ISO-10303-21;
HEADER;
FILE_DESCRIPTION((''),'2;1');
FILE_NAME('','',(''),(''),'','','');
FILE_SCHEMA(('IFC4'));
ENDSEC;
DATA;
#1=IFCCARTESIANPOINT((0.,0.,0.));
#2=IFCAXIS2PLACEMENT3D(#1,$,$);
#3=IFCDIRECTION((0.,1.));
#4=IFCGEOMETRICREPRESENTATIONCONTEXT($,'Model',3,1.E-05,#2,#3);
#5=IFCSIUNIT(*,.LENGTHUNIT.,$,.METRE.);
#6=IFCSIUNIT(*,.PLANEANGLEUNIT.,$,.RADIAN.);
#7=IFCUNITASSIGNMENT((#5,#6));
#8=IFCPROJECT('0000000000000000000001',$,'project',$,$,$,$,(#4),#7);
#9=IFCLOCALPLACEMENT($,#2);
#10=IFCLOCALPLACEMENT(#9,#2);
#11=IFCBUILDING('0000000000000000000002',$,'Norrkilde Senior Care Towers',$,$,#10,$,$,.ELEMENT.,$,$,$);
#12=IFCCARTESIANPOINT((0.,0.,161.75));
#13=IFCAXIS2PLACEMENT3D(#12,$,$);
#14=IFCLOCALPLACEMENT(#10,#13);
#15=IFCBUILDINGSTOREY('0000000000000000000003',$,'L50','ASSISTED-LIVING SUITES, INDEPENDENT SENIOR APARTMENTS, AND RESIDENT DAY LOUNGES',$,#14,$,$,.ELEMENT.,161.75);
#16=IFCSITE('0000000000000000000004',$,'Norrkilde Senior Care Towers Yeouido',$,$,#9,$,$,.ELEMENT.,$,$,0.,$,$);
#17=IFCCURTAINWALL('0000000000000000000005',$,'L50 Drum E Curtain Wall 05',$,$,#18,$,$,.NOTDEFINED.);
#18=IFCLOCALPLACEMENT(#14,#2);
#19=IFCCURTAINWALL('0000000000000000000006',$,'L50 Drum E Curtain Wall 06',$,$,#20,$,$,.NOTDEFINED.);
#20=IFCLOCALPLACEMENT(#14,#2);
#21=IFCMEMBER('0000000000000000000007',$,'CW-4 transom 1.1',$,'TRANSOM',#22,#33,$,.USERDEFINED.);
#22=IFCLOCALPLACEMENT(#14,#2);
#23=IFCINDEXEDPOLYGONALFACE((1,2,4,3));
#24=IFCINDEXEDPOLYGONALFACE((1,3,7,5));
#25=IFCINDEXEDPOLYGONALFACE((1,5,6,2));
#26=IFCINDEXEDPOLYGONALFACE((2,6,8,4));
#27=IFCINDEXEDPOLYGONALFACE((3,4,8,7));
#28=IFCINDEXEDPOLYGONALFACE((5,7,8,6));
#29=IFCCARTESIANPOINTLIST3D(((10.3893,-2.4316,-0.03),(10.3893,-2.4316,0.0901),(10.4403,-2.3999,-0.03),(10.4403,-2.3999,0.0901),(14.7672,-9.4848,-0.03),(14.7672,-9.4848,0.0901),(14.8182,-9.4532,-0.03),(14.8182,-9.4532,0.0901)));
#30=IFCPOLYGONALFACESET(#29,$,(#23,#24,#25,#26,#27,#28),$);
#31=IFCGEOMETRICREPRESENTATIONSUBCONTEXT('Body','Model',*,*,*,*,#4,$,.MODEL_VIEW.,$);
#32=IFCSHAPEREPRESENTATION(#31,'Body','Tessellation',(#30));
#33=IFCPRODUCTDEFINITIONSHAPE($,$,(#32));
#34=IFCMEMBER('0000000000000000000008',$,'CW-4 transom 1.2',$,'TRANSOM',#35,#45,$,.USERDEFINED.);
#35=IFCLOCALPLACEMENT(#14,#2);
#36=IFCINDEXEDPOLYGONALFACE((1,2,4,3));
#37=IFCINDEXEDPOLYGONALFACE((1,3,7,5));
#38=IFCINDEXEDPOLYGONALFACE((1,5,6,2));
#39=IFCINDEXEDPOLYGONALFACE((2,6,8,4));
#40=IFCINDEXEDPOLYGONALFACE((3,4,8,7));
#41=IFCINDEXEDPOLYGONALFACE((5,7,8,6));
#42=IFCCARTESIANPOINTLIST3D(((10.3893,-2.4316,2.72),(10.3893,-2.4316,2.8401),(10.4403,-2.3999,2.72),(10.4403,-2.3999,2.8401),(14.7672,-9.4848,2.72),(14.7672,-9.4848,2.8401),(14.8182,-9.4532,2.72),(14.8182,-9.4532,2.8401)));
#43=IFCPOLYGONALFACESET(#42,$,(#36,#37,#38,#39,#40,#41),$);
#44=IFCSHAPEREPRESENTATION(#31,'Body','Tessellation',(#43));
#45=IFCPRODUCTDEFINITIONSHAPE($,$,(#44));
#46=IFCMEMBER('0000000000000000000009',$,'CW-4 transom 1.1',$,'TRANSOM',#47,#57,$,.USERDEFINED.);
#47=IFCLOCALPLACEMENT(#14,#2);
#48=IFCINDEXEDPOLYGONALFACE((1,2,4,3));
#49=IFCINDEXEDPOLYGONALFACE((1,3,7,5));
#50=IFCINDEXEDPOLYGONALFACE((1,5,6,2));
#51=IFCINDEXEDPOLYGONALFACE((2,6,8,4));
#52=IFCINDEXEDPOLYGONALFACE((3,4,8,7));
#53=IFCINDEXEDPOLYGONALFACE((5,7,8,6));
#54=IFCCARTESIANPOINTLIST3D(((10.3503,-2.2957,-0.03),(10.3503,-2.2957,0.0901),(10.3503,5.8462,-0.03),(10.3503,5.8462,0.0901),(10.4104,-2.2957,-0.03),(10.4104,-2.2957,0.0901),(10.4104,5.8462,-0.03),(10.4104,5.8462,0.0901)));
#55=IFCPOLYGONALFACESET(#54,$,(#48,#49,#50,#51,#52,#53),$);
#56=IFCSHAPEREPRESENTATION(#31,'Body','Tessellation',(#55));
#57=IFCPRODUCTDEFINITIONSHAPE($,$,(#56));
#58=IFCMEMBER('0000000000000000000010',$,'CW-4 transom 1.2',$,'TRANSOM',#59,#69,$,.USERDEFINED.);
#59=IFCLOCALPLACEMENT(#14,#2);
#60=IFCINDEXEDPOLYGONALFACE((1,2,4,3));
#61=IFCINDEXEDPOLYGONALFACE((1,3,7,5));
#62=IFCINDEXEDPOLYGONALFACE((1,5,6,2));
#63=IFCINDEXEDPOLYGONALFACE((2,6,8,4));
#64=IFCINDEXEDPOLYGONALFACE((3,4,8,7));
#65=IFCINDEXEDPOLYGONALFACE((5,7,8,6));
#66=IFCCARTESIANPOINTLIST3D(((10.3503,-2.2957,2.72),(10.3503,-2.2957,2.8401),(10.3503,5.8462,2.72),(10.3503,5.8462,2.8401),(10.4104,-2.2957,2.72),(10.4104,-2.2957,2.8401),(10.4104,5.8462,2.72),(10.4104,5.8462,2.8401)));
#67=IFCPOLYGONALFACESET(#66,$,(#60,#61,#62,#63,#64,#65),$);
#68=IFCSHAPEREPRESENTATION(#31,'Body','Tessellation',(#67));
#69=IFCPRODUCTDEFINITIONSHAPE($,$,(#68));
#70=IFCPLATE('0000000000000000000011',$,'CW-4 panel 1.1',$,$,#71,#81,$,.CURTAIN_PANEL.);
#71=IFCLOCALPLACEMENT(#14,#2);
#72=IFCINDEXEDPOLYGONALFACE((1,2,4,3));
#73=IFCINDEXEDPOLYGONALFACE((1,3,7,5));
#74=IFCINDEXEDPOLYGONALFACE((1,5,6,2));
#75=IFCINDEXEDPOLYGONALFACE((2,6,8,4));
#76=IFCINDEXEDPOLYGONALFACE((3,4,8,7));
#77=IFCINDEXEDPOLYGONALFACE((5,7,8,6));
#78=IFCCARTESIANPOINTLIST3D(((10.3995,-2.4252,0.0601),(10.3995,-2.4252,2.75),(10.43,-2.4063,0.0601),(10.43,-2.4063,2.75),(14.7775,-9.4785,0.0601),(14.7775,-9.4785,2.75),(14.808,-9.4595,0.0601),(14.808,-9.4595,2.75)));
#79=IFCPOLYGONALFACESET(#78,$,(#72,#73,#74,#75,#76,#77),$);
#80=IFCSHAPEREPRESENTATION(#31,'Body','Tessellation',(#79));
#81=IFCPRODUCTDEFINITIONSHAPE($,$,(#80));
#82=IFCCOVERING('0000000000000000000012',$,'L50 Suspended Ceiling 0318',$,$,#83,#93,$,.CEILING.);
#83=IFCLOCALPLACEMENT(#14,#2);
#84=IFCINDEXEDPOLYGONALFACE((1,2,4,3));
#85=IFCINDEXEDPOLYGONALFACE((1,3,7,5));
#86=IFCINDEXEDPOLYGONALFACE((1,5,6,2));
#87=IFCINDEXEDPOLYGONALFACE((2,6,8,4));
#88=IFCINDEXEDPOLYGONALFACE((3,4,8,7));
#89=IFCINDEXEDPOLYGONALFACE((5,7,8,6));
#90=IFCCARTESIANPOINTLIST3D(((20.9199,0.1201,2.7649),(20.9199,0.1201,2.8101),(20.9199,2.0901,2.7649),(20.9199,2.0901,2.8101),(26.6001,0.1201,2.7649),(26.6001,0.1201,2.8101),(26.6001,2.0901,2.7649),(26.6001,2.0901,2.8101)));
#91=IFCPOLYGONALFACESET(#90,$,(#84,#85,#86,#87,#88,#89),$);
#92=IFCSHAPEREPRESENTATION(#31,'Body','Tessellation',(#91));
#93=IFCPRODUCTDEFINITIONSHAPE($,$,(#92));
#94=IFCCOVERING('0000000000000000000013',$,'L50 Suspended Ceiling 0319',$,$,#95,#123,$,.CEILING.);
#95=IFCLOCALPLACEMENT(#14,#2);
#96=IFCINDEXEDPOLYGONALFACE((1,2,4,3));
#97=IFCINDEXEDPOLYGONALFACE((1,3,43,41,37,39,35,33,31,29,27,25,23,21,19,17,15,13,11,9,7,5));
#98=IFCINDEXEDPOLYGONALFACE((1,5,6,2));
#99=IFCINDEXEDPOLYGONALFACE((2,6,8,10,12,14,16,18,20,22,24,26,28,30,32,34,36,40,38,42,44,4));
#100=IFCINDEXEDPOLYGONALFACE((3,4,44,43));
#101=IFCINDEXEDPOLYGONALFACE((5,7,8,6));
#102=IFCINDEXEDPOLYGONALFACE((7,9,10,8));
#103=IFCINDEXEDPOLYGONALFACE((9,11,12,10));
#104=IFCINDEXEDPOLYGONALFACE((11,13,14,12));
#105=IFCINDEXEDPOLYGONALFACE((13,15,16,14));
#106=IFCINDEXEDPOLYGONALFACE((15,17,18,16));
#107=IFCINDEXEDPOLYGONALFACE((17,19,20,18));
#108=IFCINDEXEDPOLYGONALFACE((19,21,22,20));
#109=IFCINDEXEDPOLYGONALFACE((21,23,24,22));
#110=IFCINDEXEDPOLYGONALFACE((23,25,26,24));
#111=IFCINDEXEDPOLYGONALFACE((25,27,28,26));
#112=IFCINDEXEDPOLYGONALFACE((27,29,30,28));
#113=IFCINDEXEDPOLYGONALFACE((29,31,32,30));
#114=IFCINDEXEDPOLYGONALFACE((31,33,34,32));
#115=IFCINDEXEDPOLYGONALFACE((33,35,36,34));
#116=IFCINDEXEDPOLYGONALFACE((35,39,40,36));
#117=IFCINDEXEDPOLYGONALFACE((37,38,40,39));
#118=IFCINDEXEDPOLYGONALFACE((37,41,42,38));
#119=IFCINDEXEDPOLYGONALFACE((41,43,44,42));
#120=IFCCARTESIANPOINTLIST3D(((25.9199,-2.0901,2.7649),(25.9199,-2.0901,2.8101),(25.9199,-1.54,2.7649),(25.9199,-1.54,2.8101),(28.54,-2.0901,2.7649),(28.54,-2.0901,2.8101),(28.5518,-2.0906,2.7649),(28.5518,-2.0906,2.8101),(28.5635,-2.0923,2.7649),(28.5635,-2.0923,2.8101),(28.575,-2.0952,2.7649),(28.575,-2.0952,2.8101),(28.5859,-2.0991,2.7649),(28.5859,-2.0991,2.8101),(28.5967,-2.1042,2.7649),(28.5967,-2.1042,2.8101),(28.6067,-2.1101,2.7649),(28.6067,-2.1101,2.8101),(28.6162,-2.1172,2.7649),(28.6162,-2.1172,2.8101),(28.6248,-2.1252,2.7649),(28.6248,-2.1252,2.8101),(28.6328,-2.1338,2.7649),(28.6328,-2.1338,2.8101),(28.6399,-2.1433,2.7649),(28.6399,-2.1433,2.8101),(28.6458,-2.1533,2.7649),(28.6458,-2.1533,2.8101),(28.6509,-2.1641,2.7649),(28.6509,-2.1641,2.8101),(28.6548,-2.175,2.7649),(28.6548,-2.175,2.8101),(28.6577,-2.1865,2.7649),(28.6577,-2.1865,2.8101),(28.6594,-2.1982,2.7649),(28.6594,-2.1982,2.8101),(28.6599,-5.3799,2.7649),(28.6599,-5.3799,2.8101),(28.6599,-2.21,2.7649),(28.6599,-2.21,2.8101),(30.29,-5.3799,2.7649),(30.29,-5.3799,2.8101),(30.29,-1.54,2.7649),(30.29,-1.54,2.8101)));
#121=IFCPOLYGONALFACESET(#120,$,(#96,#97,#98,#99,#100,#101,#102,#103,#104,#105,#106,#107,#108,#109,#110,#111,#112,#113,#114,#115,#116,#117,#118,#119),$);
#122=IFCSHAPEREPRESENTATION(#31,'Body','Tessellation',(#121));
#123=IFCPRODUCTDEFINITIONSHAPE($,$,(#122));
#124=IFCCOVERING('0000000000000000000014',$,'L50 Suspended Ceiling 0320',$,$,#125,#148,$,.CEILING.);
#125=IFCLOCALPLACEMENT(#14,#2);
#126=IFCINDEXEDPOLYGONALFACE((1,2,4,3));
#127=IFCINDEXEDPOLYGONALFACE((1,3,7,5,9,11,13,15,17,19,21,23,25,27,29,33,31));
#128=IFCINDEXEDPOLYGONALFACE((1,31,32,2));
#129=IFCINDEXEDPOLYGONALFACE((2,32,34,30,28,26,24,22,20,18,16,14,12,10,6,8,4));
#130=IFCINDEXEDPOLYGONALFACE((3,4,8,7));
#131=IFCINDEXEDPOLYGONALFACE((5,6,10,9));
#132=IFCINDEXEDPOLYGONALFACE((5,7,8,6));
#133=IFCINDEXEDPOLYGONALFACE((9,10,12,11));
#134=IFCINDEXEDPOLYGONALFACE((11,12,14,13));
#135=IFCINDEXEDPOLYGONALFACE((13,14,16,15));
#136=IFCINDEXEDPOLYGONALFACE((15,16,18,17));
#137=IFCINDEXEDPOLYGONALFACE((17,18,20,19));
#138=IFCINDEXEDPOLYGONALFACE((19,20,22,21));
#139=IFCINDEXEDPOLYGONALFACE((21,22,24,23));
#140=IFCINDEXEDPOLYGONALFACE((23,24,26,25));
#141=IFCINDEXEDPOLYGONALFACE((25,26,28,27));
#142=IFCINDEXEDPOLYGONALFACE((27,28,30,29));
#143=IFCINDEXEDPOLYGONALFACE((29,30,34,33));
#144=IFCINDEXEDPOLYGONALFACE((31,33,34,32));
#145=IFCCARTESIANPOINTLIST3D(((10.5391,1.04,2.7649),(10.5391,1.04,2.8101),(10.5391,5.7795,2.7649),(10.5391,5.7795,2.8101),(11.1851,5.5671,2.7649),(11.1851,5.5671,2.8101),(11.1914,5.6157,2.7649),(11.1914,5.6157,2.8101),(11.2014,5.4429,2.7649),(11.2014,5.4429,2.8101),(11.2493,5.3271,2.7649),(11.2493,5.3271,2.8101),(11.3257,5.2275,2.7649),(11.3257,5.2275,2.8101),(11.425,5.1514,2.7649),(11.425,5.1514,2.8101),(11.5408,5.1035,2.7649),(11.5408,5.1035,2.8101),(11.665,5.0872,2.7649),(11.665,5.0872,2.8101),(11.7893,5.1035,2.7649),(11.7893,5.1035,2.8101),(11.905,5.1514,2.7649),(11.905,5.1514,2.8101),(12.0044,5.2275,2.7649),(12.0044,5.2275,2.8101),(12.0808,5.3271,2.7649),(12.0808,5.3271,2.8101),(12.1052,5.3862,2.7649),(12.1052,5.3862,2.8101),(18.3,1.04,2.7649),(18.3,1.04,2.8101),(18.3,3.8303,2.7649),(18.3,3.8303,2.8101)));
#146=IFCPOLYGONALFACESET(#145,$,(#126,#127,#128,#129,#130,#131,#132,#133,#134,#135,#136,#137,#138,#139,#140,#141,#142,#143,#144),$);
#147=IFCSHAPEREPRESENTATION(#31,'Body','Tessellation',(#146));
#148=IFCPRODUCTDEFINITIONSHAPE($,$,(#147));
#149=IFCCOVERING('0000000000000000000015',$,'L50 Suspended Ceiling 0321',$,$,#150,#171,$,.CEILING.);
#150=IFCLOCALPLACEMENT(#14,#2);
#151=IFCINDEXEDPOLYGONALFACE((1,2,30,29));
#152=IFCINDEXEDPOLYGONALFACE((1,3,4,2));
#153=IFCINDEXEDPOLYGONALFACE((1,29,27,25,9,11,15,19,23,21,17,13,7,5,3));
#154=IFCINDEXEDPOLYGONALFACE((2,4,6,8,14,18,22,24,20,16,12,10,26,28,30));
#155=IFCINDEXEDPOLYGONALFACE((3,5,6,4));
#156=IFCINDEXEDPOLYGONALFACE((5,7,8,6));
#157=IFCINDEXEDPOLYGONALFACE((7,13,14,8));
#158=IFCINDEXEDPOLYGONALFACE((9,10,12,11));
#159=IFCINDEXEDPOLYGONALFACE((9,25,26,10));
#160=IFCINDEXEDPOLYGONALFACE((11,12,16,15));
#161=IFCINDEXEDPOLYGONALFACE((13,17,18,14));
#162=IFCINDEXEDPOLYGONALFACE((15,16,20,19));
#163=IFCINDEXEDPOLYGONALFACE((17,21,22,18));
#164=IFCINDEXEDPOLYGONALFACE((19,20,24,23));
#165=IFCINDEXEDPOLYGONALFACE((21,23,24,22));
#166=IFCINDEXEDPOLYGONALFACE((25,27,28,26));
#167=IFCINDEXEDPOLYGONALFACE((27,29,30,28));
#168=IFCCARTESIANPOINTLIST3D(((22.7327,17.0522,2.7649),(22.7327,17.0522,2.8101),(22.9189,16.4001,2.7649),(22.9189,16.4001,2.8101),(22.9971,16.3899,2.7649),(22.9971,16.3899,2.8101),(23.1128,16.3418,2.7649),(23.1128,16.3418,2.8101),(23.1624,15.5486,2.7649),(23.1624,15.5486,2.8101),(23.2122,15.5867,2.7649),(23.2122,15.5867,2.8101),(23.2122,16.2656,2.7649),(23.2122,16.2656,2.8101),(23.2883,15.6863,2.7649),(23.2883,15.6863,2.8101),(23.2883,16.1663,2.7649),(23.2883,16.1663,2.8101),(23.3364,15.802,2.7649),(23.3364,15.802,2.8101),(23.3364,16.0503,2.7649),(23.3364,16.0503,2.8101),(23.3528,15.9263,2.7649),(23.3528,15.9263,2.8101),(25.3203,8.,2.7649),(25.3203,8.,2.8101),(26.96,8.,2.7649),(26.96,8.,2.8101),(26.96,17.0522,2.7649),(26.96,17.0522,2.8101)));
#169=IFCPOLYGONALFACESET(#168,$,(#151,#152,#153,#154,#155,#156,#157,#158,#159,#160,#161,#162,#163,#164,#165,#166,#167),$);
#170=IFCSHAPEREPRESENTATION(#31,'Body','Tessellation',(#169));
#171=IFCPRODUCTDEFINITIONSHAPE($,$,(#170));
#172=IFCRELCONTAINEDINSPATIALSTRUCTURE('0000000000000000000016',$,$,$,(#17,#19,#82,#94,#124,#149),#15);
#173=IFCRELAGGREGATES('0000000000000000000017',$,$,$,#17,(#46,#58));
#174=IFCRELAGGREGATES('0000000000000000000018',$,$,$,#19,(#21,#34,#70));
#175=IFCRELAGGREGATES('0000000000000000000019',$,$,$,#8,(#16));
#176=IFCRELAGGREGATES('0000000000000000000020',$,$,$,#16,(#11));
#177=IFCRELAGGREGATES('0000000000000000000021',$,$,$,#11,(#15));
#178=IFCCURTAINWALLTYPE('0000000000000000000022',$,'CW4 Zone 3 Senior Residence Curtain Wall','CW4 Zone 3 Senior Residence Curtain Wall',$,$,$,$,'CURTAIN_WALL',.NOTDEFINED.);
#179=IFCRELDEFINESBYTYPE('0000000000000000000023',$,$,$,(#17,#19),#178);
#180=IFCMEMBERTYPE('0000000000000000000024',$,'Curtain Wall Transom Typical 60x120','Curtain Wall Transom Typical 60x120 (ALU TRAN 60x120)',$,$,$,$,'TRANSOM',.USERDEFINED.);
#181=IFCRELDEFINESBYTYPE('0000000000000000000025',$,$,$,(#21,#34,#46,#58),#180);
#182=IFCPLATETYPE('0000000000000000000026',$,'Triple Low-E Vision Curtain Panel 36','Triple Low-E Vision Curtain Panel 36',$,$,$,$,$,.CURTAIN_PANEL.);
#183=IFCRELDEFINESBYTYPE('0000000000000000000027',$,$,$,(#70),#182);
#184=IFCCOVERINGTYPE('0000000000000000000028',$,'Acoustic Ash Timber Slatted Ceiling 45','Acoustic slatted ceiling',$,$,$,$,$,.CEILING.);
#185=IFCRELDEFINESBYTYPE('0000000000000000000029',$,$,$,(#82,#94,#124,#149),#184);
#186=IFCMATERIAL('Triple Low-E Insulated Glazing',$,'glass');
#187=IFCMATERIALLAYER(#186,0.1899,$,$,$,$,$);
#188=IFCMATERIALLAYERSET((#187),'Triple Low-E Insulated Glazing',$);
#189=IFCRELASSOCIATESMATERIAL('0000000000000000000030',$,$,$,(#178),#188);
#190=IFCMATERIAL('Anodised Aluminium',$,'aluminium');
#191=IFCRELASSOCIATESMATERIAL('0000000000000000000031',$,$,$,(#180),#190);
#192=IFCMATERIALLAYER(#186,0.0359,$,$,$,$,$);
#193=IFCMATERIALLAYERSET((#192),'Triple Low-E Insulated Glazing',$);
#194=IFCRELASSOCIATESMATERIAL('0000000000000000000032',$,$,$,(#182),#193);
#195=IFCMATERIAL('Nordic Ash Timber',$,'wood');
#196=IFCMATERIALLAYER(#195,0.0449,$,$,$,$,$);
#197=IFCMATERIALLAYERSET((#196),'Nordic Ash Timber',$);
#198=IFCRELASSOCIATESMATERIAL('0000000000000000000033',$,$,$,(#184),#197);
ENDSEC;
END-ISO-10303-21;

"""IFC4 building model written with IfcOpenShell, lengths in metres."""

from ifc_helpers import new_model, si_unit, direction, frame, origin, origin_2d, place, context, subcontext, project, spatial, polyline, rectangle, outline, extrude, source, transform, mapped, material, layer, layer_set, material_profile, profile_set, type_object, type_shapes, element, aggregate, save


model = new_model("IFC4")

# Units and contexts
model_context = context("Model", 3, precision=1e-05, world=origin(), true_north=direction((0.0, 1.0)))
body_context = subcontext(model_context, "Body", "Model", "MODEL_VIEW")
ifc_project = project(units=[si_unit("LENGTHUNIT", "METRE"), si_unit("PLANEANGLEUNIT", "RADIAN")], contexts=[model_context])

# Site, building, storey
site_placement = place(None, origin())
site = spatial("IfcSite", under=ifc_project, at=site_placement, Name="Norrkilde Senior Care Towers Yeouido", CompositionType="ELEMENT", RefElevation=0.0)
building_placement = place(site_placement, origin())
building = spatial("IfcBuilding", under=site, at=building_placement, Name="Norrkilde Senior Care Towers", CompositionType="ELEMENT")
storey_placement = place(building_placement, frame((0.0, 0.0, 161.75)))
storey = spatial("IfcBuildingStorey", under=building, at=storey_placement, Name="L50", Description="ASSISTED-LIVING SUITES, INDEPENDENT SENIOR APARTMENTS, AND RESIDENT DAY LOUNGES", CompositionType="ELEMENT", Elevation=161.75)

# Curtain wall
ifc_material_1 = material(Name="Triple Low-E Insulated Glazing", Category="glass")
ifc_layer_1 = layer(ifc_material_1, 0.1899)
ifc_layer_set_1 = layer_set([ifc_layer_1], Name="Triple Low-E Insulated Glazing")
curtain_wall_type = type_object("IfcCurtainWallType", Name="CW4 Zone 3 Senior Residence Curtain Wall", Description="CW4 Zone 3 Senior Residence Curtain Wall", ElementType="CURTAIN_WALL", PredefinedType="NOTDEFINED", material=ifc_layer_set_1)
curtain_wall_1_placement = place(storey_placement, origin())
curtain_wall_1 = element("IfcCurtainWall", 1, at=curtain_wall_1_placement, inside=storey, type_object=curtain_wall_type, Name="L50 Drum E Curtain Wall 05", PredefinedType="NOTDEFINED")
ifc_material_2 = material(Name="Anodised Aluminium", Category="aluminium")

# Curtain wall, members
curtain_wall_2_placement = place(storey_placement, origin())
curtain_wall_2 = element("IfcCurtainWall", 2, at=curtain_wall_2_placement, inside=storey, type_object=curtain_wall_type, Name="L50 Drum E Curtain Wall 06", PredefinedType="NOTDEFINED")
ifc_material_profile_1 = material_profile(ifc_material_2, rectangle(XDim=0.0601, YDim=0.1201, at=origin_2d()), Name="ALU TRAN 60x120")
ifc_profile_set_1 = profile_set([ifc_material_profile_1], Name="Anodised Aluminium")
member_type_1 = type_object("IfcMemberType", Name="Curtain Wall Transom Typical 60x120", Description="Curtain Wall Transom Typical 60x120 (ALU TRAN 60x120)", ElementType="TRANSOM", PredefinedType="USERDEFINED", material=ifc_profile_set_1)
shared_shape_1 = source(origin(), body_context, "Body", "SweptSolid", [
    extrude(rectangle(XDim=0.0601, YDim=0.1201, at=origin_2d()), origin(), (0.0, 0.0, 1.0), 8.3015),
])
member_1_placement = place(storey_placement, frame((14.7927, -9.469, 0.03), z_axis=(-0.527369, 0.849637, 0.0), x_axis=(-0.849637, -0.527369, 0.0)))
member_1 = element("IfcMember", 3, at=member_1_placement, type_object=member_type_1, Name="CW-4 transom 1.1", ObjectType="TRANSOM", PredefinedType="USERDEFINED", context=body_context, shape_type="MappedRepresentation", body=[
    mapped(shared_shape_1, transform((0.0, 0.0, 0.0), x_axis=(1.0, 0.0, 0.0), y_axis=(0.0, 1.0, 0.0), z_axis=(0.0, 0.0, 1.0), scale=1.0)),
])
member_2_placement = place(storey_placement, frame((14.7927, -9.469, 2.78), z_axis=(-0.527369, 0.849637, 0.0), x_axis=(-0.849637, -0.527369, 0.0)))
member_2 = element("IfcMember", 4, at=member_2_placement, type_object=member_type_1, Name="CW-4 transom 1.2", ObjectType="TRANSOM", PredefinedType="USERDEFINED", context=body_context, shape_type="MappedRepresentation", body=[
    mapped(shared_shape_1, transform((0.0, 0.0, 0.0), x_axis=(1.0, 0.0, 0.0), y_axis=(0.0, 1.0, 0.0), z_axis=(0.0, 0.0, 1.0), scale=1.0)),
])

# Members
shared_shape_2 = source(origin(), body_context, "Body", "SweptSolid", [
    extrude(rectangle(XDim=0.0601, YDim=0.1201, at=origin_2d()), origin(), (0.0, 0.0, 1.0), 8.1418),
])
type_shapes(member_type_1, [shared_shape_1, shared_shape_2])
member_3_placement = place(storey_placement, frame((10.3804, -2.2957, 0.03), z_axis=(0.0, 1.0, 0.0), x_axis=(-1.0, 0.0, 0.0)))
member_3 = element("IfcMember", 5, at=member_3_placement, type_object=member_type_1, Name="CW-4 transom 1.1", ObjectType="TRANSOM", PredefinedType="USERDEFINED", context=body_context, shape_type="MappedRepresentation", body=[
    mapped(shared_shape_2, transform((0.0, 0.0, 0.0), x_axis=(1.0, 0.0, 0.0), y_axis=(0.0, 1.0, 0.0), z_axis=(0.0, 0.0, 1.0), scale=1.0)),
])
member_4_placement = place(storey_placement, frame((10.3804, -2.2957, 2.78), z_axis=(0.0, 1.0, 0.0), x_axis=(-1.0, 0.0, 0.0)))
member_4 = element("IfcMember", 6, at=member_4_placement, type_object=member_type_1, Name="CW-4 transom 1.2", ObjectType="TRANSOM", PredefinedType="USERDEFINED", context=body_context, shape_type="MappedRepresentation", body=[
    mapped(shared_shape_2, transform((0.0, 0.0, 0.0), x_axis=(1.0, 0.0, 0.0), y_axis=(0.0, 1.0, 0.0), z_axis=(0.0, 0.0, 1.0), scale=1.0)),
])
aggregate(curtain_wall_1, [member_3, member_4])

# Plate
ifc_layer_2 = layer(ifc_material_1, 0.0359)
ifc_layer_set_2 = layer_set([ifc_layer_2], Name="Triple Low-E Insulated Glazing")
plate_type = type_object("IfcPlateType", Name="Triple Low-E Vision Curtain Panel 36", Description="Triple Low-E Vision Curtain Panel 36", PredefinedType="CURTAIN_PANEL", material=ifc_layer_set_2)
shared_shape_3 = source(origin(), body_context, "Body", "SweptSolid", [
    extrude(rectangle(XDim=8.3015, YDim=0.0359, at=origin_2d()), origin(), (0.0, 0.0, 1.0), 2.6899),
])
type_shapes(plate_type, [shared_shape_3])
plate_placement = place(storey_placement, frame((12.6038, -5.9424, 0.0601), z_axis=(0.0, 0.0, 1.0), x_axis=(-0.527373, 0.849634, 0.0)))
plate = element("IfcPlate", 7, at=plate_placement, type_object=plate_type, Name="CW-4 panel 1.1", PredefinedType="CURTAIN_PANEL", context=body_context, shape_type="MappedRepresentation", body=[
    mapped(shared_shape_3, transform((0.0, 0.0, 0.0), x_axis=(1.0, 0.0, 0.0), y_axis=(0.0, 1.0, 0.0), z_axis=(0.0, 0.0, 1.0), scale=1.0)),
])
aggregate(curtain_wall_2, [member_1, member_2, plate])

# Coverings
ifc_material_3 = material(Name="Nordic Ash Timber", Category="wood")
ifc_layer_3 = layer(ifc_material_3, 0.0449)
ifc_layer_set_3 = layer_set([ifc_layer_3], Name="Nordic Ash Timber")
covering_type_1 = type_object("IfcCoveringType", Name="Acoustic Ash Timber Slatted Ceiling 45", Description="Acoustic slatted ceiling", PredefinedType="CEILING", material=ifc_layer_set_3)
covering_1_placement = place(storey_placement, frame((0.0, 0.0, 2.7649)))
element("IfcCovering", 8, at=covering_1_placement, inside=storey, type_object=covering_type_1, Name="L50 Suspended Ceiling 0318", PredefinedType="CEILING", context=body_context, shape_type="SweptSolid", body=[
    extrude(outline(polyline([(20.9199, 0.1201), (20.9199, 2.0901), (26.6001, 2.0901), (26.6001, 0.1201), (20.9199, 0.1201)])), origin(), (0.0, 0.0, 1.0), 0.0452),
])
covering_2_placement = place(storey_placement, frame((0.0, 0.0, 2.7649)))
element("IfcCovering", 9, at=covering_2_placement, inside=storey, type_object=covering_type_1, Name="L50 Suspended Ceiling 0319", PredefinedType="CEILING", context=body_context, shape_type="SweptSolid", body=[
    extrude(outline(polyline([(28.6548, -2.175), (28.6509, -2.1641), (28.6458, -2.1533), (28.6399, -2.1433), (28.6328, -2.1338), (28.6248, -2.1252), (28.6162, -2.1172), (28.6067, -2.1101), (28.5967, -2.1042), (28.5859, -2.0991), (28.575, -2.0952), (28.5635, -2.0923), (28.5518, -2.0906), (28.54, -2.0901), (25.9199, -2.0901), (25.9199, -1.54), (30.29, -1.54), (30.29, -5.3799), (28.6599, -5.3799), (28.6599, -2.21), (28.6594, -2.1982), (28.6577, -2.1865), (28.6548, -2.175)])), origin(), (0.0, 0.0, 1.0), 0.0452),
])
covering_3_placement = place(storey_placement, frame((0.0, 0.0, 2.7649)))
element("IfcCovering", 10, at=covering_3_placement, inside=storey, type_object=covering_type_1, Name="L50 Suspended Ceiling 0320", PredefinedType="CEILING", context=body_context, shape_type="SweptSolid", body=[
    extrude(outline(polyline([(18.3, 1.04), (10.5391, 1.04), (10.5391, 5.7795), (11.1914, 5.6157), (11.1851, 5.5671), (11.2014, 5.4429), (11.2493, 5.3271), (11.3257, 5.2275), (11.425, 5.1514), (11.5408, 5.1035), (11.665, 5.0872), (11.7893, 5.1035), (11.905, 5.1514), (12.0044, 5.2275), (12.0808, 5.3271), (12.1052, 5.3862), (18.3, 3.8303), (18.3, 1.04)])), origin(), (0.0, 0.0, 1.0), 0.0452),
])
covering_4_placement = place(storey_placement, frame((0.0, 0.0, 2.7649)))
element("IfcCovering", 11, at=covering_4_placement, inside=storey, type_object=covering_type_1, Name="L50 Suspended Ceiling 0321", PredefinedType="CEILING", context=body_context, shape_type="SweptSolid", body=[
    extrude(outline(polyline([(26.96, 17.0522), (26.96, 8.0), (25.3203, 8.0), (23.1624, 15.5486), (23.2122, 15.5867), (23.2883, 15.6863), (23.3364, 15.802), (23.3528, 15.9263), (23.3364, 16.0503), (23.2883, 16.1663), (23.2122, 16.2656), (23.1128, 16.3418), (22.9971, 16.3899), (22.9189, 16.4001), (22.7327, 17.0522), (26.96, 17.0522)])), origin(), (0.0, 0.0, 1.0), 0.0452),
])

save(model, "model.ifc")
